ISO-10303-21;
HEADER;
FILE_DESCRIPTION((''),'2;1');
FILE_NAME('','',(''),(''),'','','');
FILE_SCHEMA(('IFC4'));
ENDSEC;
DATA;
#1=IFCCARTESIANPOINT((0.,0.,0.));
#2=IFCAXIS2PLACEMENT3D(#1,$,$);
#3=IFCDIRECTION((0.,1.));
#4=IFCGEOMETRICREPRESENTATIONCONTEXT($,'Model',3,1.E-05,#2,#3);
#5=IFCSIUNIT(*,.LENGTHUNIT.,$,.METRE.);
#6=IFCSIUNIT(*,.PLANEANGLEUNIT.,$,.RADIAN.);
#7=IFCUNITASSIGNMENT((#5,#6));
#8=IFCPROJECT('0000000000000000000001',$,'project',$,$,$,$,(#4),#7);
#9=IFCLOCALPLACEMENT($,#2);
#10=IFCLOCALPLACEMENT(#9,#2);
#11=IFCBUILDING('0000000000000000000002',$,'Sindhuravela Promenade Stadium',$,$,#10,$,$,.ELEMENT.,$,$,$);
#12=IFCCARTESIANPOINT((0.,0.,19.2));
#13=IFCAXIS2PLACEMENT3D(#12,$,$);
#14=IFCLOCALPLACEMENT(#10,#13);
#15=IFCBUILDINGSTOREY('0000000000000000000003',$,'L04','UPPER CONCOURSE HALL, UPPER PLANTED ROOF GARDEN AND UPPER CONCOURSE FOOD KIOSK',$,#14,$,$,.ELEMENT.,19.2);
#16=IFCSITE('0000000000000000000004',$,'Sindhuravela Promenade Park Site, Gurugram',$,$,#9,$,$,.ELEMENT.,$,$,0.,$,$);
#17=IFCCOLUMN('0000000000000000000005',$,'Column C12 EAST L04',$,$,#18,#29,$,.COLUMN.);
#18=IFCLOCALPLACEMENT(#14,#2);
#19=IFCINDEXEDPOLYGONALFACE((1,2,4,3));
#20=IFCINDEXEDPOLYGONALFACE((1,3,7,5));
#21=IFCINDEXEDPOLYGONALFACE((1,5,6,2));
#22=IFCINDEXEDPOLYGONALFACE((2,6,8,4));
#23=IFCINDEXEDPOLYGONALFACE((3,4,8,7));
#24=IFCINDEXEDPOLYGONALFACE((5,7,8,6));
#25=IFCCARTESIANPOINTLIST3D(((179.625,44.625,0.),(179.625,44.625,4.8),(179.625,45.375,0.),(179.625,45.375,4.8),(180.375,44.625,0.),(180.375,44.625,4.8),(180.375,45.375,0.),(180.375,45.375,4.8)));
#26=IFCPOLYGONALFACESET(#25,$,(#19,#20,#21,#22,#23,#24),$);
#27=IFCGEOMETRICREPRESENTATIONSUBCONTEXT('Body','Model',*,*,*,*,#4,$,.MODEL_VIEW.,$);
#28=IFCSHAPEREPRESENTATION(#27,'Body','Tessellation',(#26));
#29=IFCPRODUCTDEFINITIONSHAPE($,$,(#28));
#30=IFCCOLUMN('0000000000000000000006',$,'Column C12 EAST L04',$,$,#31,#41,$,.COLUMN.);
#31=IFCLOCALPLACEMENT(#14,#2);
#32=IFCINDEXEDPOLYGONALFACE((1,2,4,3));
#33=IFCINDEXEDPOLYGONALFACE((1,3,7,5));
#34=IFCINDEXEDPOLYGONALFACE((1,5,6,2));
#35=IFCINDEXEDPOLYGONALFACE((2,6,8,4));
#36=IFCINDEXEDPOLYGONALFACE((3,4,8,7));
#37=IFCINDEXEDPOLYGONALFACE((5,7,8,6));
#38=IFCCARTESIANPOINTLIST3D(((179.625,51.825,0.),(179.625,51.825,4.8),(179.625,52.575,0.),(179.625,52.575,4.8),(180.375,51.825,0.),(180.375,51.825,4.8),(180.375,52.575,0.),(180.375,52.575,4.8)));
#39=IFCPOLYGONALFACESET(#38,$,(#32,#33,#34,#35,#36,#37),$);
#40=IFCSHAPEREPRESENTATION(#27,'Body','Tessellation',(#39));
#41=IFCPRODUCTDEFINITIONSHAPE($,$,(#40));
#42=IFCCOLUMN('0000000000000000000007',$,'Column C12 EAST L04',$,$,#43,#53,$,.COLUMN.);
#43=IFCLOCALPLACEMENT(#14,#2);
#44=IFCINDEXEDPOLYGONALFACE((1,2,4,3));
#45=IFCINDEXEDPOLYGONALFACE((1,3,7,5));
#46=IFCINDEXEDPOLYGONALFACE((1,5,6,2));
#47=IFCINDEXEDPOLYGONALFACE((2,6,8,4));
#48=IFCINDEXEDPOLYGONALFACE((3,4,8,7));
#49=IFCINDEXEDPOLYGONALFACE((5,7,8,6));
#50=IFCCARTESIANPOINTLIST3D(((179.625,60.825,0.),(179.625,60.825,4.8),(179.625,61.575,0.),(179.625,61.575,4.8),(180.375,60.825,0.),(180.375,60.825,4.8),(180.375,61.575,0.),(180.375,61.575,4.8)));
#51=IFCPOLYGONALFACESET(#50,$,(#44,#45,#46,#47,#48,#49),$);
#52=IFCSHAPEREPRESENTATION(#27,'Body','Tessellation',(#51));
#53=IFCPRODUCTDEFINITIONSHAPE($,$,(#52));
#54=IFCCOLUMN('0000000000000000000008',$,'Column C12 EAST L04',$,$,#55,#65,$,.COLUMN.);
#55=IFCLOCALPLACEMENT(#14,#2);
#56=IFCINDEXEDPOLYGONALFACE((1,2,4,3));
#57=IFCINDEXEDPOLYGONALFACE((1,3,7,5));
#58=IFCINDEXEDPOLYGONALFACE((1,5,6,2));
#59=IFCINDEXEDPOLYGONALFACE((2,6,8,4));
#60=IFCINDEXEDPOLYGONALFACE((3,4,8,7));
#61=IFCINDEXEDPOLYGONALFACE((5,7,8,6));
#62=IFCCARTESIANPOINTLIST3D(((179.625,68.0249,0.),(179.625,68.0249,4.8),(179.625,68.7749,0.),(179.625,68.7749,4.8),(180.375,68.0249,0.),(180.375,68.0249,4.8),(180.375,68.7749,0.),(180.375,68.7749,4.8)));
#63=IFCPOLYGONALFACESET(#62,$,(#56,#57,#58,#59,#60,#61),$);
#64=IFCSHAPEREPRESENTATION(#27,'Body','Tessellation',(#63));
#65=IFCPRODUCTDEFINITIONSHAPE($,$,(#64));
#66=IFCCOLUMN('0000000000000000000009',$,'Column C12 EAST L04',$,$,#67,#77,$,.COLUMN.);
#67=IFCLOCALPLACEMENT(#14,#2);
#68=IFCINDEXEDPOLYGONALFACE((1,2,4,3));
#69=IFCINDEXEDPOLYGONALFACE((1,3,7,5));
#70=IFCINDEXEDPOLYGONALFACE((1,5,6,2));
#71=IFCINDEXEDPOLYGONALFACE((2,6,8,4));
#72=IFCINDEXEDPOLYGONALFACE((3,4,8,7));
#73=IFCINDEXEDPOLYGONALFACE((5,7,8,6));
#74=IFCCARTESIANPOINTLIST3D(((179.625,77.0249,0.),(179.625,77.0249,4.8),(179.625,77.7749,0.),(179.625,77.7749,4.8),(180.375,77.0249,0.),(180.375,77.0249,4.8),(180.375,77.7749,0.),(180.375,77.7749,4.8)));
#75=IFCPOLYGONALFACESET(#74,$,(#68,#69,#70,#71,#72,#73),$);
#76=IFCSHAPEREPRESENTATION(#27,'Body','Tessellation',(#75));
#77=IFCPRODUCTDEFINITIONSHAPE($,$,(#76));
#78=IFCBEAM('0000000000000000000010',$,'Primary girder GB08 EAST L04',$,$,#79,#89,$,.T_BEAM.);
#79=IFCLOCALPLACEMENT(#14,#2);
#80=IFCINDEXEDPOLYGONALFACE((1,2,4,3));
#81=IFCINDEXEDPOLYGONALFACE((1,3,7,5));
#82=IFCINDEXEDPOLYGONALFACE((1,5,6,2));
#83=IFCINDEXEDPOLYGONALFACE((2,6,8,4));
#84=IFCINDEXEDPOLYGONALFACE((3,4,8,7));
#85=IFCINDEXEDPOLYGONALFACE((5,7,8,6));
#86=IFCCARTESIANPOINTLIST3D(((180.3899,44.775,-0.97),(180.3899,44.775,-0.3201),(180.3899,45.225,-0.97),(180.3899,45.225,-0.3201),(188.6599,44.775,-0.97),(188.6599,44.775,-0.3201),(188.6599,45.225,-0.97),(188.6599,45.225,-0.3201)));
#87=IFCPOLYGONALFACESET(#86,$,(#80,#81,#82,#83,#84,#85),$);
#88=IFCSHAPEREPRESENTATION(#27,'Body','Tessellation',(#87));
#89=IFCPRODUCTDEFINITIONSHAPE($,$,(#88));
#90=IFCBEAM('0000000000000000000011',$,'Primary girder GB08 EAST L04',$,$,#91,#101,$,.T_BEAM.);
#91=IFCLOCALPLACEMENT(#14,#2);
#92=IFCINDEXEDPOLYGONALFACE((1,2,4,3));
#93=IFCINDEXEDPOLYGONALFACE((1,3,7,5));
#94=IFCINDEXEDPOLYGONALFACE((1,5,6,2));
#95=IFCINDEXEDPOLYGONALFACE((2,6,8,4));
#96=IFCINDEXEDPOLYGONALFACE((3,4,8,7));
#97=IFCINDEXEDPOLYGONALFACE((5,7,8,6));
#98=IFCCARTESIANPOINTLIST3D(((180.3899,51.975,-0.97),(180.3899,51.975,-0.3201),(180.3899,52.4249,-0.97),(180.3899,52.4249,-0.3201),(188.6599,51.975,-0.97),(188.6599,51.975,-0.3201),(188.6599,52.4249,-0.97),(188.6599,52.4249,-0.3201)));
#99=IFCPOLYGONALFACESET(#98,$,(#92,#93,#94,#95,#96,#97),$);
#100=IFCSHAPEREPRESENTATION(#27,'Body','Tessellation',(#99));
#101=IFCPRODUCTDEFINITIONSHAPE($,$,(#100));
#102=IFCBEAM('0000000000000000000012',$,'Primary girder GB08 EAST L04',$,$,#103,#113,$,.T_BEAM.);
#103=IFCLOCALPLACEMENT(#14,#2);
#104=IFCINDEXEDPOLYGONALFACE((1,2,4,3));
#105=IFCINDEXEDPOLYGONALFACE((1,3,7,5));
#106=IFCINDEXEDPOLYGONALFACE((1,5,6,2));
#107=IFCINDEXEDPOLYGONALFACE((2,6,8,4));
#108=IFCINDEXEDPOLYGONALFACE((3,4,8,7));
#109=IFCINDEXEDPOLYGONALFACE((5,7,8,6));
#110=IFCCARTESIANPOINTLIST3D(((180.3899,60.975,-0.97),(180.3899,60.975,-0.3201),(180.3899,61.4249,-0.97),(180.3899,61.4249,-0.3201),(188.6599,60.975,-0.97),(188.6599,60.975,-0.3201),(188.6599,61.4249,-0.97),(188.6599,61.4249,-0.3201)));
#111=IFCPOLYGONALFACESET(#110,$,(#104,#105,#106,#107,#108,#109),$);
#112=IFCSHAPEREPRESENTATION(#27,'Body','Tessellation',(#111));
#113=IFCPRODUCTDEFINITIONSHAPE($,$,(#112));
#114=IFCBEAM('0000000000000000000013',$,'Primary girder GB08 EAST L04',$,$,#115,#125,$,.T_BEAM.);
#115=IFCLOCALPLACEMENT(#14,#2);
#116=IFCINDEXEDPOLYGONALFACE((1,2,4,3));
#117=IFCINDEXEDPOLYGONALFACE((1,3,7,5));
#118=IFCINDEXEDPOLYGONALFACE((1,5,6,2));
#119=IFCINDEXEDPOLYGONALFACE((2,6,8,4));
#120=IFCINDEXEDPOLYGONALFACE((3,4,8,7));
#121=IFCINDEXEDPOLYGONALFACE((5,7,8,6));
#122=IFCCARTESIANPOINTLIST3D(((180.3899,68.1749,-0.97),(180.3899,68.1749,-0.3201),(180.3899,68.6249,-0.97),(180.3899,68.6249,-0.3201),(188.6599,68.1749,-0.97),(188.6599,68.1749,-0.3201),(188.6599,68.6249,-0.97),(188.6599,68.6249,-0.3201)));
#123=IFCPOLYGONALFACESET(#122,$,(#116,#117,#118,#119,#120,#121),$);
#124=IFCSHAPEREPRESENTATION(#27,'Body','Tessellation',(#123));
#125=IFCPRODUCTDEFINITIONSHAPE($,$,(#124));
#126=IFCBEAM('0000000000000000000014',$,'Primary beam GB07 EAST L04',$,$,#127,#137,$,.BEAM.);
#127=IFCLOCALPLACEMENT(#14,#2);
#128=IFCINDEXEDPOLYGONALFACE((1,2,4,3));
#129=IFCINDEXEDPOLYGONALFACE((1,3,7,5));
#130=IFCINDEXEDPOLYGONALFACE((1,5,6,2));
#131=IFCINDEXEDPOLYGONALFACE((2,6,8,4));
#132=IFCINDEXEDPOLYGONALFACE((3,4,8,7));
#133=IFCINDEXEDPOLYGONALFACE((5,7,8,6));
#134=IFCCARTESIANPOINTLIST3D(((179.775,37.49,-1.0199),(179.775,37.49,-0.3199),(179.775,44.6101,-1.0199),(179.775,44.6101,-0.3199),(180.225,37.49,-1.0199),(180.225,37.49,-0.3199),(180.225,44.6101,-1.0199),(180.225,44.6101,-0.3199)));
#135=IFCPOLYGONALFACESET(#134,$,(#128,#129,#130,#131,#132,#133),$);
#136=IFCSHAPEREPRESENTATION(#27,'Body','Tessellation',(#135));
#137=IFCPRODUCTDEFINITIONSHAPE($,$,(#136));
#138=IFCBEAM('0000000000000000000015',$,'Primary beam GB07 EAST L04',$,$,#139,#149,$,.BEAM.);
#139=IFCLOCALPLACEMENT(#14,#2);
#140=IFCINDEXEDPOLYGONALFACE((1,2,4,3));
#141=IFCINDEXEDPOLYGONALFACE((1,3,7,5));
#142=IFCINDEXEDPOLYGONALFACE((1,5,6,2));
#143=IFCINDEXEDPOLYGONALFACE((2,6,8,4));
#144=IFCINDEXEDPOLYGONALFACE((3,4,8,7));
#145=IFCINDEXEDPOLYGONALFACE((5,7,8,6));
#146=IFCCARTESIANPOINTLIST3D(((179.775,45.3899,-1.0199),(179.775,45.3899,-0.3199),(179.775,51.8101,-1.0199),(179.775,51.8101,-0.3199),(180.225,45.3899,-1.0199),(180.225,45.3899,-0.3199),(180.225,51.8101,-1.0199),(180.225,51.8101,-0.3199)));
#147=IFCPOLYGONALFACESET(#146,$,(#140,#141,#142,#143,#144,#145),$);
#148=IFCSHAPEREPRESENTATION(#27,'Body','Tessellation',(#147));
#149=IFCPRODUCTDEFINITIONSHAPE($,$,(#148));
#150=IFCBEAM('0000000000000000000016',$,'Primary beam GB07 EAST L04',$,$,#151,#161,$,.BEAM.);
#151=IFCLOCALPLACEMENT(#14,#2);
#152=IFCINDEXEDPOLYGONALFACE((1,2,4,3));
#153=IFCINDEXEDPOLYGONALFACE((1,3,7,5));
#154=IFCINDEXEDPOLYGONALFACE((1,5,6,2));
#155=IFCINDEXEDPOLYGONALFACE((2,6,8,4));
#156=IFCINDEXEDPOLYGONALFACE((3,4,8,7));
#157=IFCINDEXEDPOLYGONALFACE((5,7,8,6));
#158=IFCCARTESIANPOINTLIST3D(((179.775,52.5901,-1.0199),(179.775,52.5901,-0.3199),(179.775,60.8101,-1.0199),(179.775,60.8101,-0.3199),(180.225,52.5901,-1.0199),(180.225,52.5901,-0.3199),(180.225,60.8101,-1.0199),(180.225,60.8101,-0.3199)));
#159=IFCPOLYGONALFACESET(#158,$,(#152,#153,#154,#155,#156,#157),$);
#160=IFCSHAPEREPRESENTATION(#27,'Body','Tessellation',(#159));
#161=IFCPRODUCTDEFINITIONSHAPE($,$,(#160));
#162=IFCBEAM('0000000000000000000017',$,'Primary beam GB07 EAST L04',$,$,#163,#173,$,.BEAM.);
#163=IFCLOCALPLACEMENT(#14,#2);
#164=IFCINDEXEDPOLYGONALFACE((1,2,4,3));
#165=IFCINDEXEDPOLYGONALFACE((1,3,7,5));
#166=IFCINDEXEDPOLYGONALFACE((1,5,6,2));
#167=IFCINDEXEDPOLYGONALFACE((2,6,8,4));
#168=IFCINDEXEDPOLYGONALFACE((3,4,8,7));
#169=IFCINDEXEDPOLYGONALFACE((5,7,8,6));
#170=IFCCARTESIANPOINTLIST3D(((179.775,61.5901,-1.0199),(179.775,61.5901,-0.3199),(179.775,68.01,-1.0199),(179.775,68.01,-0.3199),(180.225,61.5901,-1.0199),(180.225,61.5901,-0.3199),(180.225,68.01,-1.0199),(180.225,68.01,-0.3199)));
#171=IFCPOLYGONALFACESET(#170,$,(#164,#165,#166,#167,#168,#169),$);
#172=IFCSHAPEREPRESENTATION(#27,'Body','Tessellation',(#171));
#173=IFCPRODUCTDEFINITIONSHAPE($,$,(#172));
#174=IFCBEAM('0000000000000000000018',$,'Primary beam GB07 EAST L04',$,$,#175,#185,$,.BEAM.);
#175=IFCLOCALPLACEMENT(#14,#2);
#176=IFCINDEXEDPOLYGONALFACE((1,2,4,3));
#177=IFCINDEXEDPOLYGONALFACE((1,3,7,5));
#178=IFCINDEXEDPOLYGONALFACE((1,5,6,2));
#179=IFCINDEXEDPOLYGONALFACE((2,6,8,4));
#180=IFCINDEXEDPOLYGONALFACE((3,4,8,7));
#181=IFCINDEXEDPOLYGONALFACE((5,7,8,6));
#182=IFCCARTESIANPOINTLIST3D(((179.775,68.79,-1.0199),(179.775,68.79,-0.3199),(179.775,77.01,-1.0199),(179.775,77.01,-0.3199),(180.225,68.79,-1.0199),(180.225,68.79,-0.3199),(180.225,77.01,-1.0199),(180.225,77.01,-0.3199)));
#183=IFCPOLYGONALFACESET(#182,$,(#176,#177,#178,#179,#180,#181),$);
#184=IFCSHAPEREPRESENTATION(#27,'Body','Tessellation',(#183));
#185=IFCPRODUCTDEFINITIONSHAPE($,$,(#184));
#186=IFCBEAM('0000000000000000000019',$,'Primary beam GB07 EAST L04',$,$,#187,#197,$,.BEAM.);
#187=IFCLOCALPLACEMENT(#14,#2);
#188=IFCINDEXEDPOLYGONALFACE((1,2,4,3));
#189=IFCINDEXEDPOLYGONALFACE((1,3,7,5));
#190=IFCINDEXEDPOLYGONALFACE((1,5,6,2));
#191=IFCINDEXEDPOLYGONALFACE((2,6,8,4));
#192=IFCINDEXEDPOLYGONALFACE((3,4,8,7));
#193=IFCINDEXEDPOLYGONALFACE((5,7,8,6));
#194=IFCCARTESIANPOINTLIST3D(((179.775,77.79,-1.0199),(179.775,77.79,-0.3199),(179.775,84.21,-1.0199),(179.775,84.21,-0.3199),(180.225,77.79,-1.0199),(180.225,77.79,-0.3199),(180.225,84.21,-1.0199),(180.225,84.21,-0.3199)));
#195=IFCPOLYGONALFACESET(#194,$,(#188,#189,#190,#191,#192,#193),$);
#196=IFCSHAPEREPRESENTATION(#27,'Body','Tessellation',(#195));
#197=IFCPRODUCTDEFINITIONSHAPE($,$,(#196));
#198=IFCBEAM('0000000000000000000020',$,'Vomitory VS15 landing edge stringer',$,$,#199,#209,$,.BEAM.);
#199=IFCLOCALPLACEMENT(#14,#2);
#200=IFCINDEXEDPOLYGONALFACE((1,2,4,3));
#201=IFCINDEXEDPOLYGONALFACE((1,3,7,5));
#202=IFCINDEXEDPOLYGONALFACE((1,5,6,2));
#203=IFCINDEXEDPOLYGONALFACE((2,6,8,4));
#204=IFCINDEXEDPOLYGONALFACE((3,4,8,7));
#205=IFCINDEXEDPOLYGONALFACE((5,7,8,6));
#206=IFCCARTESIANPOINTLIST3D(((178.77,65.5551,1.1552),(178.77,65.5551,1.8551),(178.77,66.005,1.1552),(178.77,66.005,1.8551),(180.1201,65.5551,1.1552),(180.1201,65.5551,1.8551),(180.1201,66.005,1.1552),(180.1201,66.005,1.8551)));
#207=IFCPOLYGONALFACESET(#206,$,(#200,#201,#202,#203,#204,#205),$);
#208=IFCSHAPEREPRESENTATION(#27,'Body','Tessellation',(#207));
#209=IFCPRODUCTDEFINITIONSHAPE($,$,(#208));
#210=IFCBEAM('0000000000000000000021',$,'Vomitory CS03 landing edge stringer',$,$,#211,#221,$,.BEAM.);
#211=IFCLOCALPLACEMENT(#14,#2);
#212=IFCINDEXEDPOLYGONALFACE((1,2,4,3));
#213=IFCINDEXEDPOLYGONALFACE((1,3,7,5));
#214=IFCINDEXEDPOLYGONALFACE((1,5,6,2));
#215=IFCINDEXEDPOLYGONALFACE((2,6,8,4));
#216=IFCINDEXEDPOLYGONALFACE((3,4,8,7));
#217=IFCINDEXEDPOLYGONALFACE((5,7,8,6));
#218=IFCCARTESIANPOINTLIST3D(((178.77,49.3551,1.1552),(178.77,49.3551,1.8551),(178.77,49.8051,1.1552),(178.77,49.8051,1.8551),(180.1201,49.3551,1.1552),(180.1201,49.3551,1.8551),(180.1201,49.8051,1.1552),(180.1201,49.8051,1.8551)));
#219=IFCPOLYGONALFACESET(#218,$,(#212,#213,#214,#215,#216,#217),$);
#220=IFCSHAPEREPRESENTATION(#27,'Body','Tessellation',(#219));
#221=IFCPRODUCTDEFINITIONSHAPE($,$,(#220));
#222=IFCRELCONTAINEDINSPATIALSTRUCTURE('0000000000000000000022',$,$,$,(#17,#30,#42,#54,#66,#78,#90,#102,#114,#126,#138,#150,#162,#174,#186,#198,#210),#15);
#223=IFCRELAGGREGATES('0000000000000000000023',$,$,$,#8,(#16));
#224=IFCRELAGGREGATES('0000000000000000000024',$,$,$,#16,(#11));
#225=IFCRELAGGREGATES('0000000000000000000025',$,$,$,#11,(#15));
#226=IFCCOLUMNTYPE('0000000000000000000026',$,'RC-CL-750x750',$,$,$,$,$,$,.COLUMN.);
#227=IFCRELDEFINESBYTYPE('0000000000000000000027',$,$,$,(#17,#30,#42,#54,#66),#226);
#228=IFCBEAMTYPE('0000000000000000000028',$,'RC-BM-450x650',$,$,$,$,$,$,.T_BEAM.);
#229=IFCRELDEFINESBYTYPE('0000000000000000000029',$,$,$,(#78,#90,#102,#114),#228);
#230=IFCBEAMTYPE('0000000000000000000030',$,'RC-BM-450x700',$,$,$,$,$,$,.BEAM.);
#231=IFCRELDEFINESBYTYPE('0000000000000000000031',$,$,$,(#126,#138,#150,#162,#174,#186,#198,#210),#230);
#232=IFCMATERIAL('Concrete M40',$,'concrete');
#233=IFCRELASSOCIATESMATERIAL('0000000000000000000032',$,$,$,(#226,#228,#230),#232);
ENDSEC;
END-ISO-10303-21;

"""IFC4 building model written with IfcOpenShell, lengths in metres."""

from ifc_helpers import new_model, si_unit, direction, frame, origin, origin_2d, place, context, subcontext, project, spatial, rectangle, extrude, material, material_profile, profile_set, type_object, element, save


model = new_model("IFC4")

# Units and contexts
model_context = context("Model", 3, precision=1e-05, world=origin(), true_north=direction((0.0, 1.0)))
body_context = subcontext(model_context, "Body", "Model", "MODEL_VIEW")
ifc_project = project(units=[si_unit("LENGTHUNIT", "METRE"), si_unit("PLANEANGLEUNIT", "RADIAN")], contexts=[model_context])

# Site, building, storey
site_placement = place(None, origin())
site = spatial("IfcSite", under=ifc_project, at=site_placement, Name="Sindhuravela Promenade Park Site, Gurugram", CompositionType="ELEMENT", RefElevation=0.0)
building_placement = place(site_placement, origin())
building = spatial("IfcBuilding", under=site, at=building_placement, Name="Sindhuravela Promenade Stadium", CompositionType="ELEMENT")
storey_placement = place(building_placement, frame((0.0, 0.0, 19.2)))
storey = spatial("IfcBuildingStorey", under=building, at=storey_placement, Name="L04", Description="UPPER CONCOURSE HALL, UPPER PLANTED ROOF GARDEN AND UPPER CONCOURSE FOOD KIOSK", CompositionType="ELEMENT", Elevation=19.2)

# Columns
ifc_material_1 = material(Name="Concrete M40", Category="concrete")
ifc_material_profile_1 = material_profile(ifc_material_1, rectangle(XDim=0.75, YDim=0.75, at=origin_2d()), Name="RC 750x750")
ifc_profile_set_1 = profile_set([ifc_material_profile_1], Name="Concrete M40")
column_type = type_object("IfcColumnType", Name="RC-CL-750x750", PredefinedType="COLUMN", material=ifc_profile_set_1)
for number, where, z_axis, x_axis, name in (
    (1, (180.0, 45.0, 0.0), (0.0, 0.0, 1.0), (1.0, 0.0, 0.0), "Column C12 EAST L04"),
    (2, (180.0, 52.2, 0.0), (0.0, 0.0, 1.0), (1.0, 0.0, 0.0), "Column C12 EAST L04"),
    (3, (180.0, 61.2, 0.0), (0.0, 0.0, 1.0), (1.0, 0.0, 0.0), "Column C12 EAST L04"),
    (4, (180.0, 68.3999, 0.0), (0.0, 0.0, 1.0), (1.0, 0.0, 0.0), "Column C12 EAST L04"),
    (5, (180.0, 77.3999, 0.0), (0.0, 0.0, 1.0), (1.0, 0.0, 0.0), "Column C12 EAST L04"),
):
    element("IfcColumn", number, at=place(storey_placement, frame(where, z_axis=z_axis, x_axis=x_axis)), inside=storey, type_object=column_type, Name=name, PredefinedType="COLUMN", context=body_context, shape_type="SweptSolid", body=[
        extrude(rectangle(XDim=0.75, YDim=0.75, at=origin_2d()), origin(), (0.0, 0.0, 1.0), 4.8),
    ])

# Beams
ifc_material_profile_2 = material_profile(ifc_material_1, rectangle(XDim=0.45, YDim=0.6499, at=origin_2d()), Name="RC 450x650")
ifc_profile_set_2 = profile_set([ifc_material_profile_2], Name="Concrete M40")
beam_type_1 = type_object("IfcBeamType", Name="RC-BM-450x650", PredefinedType="T_BEAM", material=ifc_profile_set_2)
for number, where, z_axis, x_axis, name in (
    (6, (180.3899, 45.0, -0.645), (1.0, 0.0, 0.0), (0.0, 1.0, 0.0), "Primary girder GB08 EAST L04"),
    (7, (180.3899, 52.2, -0.645), (1.0, 0.0, 0.0), (0.0, 1.0, 0.0), "Primary girder GB08 EAST L04"),
    (8, (180.3899, 61.2, -0.645), (1.0, 0.0, 0.0), (0.0, 1.0, 0.0), "Primary girder GB08 EAST L04"),
    (9, (180.3899, 68.3999, -0.645), (1.0, 0.0, 0.0), (0.0, 1.0, 0.0), "Primary girder GB08 EAST L04"),
):
    element("IfcBeam", number, at=place(storey_placement, frame(where, z_axis=z_axis, x_axis=x_axis)), inside=storey, type_object=beam_type_1, Name=name, PredefinedType="T_BEAM", context=body_context, shape_type="SweptSolid", body=[
        extrude(rectangle(XDim=0.45, YDim=0.6499, at=origin_2d()), origin(), (0.0, 0.0, 1.0), 8.27),
    ])
ifc_material_profile_3 = material_profile(ifc_material_1, rectangle(XDim=0.45, YDim=0.7, at=origin_2d()), Name="RC 450x700")
ifc_profile_set_3 = profile_set([ifc_material_profile_3], Name="Concrete M40")
beam_type_2 = type_object("IfcBeamType", Name="RC-BM-450x700", PredefinedType="BEAM", material=ifc_profile_set_3)
beam_1_placement = place(storey_placement, frame((180.0, 37.49, -0.6699), z_axis=(0.0, 1.0, 0.0), x_axis=(-1.0, 0.0, 0.0)))
element("IfcBeam", 10, at=beam_1_placement, inside=storey, type_object=beam_type_2, Name="Primary beam GB07 EAST L04", PredefinedType="BEAM", context=body_context, shape_type="SweptSolid", body=[
    extrude(rectangle(XDim=0.45, YDim=0.7, at=origin_2d()), origin(), (0.0, 0.0, 1.0), 7.1201),
])
beam_2_placement = place(storey_placement, frame((180.0, 45.3899, -0.6699), z_axis=(0.0, 1.0, 0.0), x_axis=(-1.0, 0.0, 0.0)))
element("IfcBeam", 11, at=beam_2_placement, inside=storey, type_object=beam_type_2, Name="Primary beam GB07 EAST L04", PredefinedType="BEAM", context=body_context, shape_type="SweptSolid", body=[
    extrude(rectangle(XDim=0.45, YDim=0.7, at=origin_2d()), origin(), (0.0, 0.0, 1.0), 6.4202),
])
beam_3_placement = place(storey_placement, frame((180.0, 52.5901, -0.6699), z_axis=(0.0, 1.0, 0.0), x_axis=(-1.0, 0.0, 0.0)))
element("IfcBeam", 12, at=beam_3_placement, inside=storey, type_object=beam_type_2, Name="Primary beam GB07 EAST L04", PredefinedType="BEAM", context=body_context, shape_type="SweptSolid", body=[
    extrude(rectangle(XDim=0.45, YDim=0.7, at=origin_2d()), origin(), (0.0, 0.0, 1.0), 8.22),
])
beam_4_placement = place(storey_placement, frame((180.0, 61.5901, -0.6699), z_axis=(0.0, 1.0, 0.0), x_axis=(-1.0, 0.0, 0.0)))
element("IfcBeam", 13, at=beam_4_placement, inside=storey, type_object=beam_type_2, Name="Primary beam GB07 EAST L04", PredefinedType="BEAM", context=body_context, shape_type="SweptSolid", body=[
    extrude(rectangle(XDim=0.45, YDim=0.7, at=origin_2d()), origin(), (0.0, 0.0, 1.0), 6.4199),
])
beam_5_placement = place(storey_placement, frame((180.0, 68.79, -0.6699), z_axis=(0.0, 1.0, 0.0), x_axis=(-1.0, 0.0, 0.0)))
element("IfcBeam", 14, at=beam_5_placement, inside=storey, type_object=beam_type_2, Name="Primary beam GB07 EAST L04", PredefinedType="BEAM", context=body_context, shape_type="SweptSolid", body=[
    extrude(rectangle(XDim=0.45, YDim=0.7, at=origin_2d()), origin(), (0.0, 0.0, 1.0), 8.22),
])
beam_6_placement = place(storey_placement, frame((180.0, 77.79, -0.6699), z_axis=(0.0, 1.0, 0.0), x_axis=(-1.0, 0.0, 0.0)))
element("IfcBeam", 15, at=beam_6_placement, inside=storey, type_object=beam_type_2, Name="Primary beam GB07 EAST L04", PredefinedType="BEAM", context=body_context, shape_type="SweptSolid", body=[
    extrude(rectangle(XDim=0.45, YDim=0.7, at=origin_2d()), origin(), (0.0, 0.0, 1.0), 6.4199),
])
for number, where, z_axis, x_axis, name in (
    (16, (180.1201, 65.78, 1.5051), (-1.0, 0.0, 0.0), (0.0, -1.0, 0.0), "Vomitory VS15 landing edge stringer"),
    (17, (180.1201, 49.5801, 1.5051), (-1.0, 0.0, 0.0), (0.0, -1.0, 0.0), "Vomitory CS03 landing edge stringer"),
):
    element("IfcBeam", number, at=place(storey_placement, frame(where, z_axis=z_axis, x_axis=x_axis)), inside=storey, type_object=beam_type_2, Name=name, PredefinedType="BEAM", context=body_context, shape_type="SweptSolid", body=[
        extrude(rectangle(XDim=0.45, YDim=0.7, at=origin_2d()), origin(), (0.0, 0.0, 1.0), 1.3501),
    ])

save(model, "model.ifc")
